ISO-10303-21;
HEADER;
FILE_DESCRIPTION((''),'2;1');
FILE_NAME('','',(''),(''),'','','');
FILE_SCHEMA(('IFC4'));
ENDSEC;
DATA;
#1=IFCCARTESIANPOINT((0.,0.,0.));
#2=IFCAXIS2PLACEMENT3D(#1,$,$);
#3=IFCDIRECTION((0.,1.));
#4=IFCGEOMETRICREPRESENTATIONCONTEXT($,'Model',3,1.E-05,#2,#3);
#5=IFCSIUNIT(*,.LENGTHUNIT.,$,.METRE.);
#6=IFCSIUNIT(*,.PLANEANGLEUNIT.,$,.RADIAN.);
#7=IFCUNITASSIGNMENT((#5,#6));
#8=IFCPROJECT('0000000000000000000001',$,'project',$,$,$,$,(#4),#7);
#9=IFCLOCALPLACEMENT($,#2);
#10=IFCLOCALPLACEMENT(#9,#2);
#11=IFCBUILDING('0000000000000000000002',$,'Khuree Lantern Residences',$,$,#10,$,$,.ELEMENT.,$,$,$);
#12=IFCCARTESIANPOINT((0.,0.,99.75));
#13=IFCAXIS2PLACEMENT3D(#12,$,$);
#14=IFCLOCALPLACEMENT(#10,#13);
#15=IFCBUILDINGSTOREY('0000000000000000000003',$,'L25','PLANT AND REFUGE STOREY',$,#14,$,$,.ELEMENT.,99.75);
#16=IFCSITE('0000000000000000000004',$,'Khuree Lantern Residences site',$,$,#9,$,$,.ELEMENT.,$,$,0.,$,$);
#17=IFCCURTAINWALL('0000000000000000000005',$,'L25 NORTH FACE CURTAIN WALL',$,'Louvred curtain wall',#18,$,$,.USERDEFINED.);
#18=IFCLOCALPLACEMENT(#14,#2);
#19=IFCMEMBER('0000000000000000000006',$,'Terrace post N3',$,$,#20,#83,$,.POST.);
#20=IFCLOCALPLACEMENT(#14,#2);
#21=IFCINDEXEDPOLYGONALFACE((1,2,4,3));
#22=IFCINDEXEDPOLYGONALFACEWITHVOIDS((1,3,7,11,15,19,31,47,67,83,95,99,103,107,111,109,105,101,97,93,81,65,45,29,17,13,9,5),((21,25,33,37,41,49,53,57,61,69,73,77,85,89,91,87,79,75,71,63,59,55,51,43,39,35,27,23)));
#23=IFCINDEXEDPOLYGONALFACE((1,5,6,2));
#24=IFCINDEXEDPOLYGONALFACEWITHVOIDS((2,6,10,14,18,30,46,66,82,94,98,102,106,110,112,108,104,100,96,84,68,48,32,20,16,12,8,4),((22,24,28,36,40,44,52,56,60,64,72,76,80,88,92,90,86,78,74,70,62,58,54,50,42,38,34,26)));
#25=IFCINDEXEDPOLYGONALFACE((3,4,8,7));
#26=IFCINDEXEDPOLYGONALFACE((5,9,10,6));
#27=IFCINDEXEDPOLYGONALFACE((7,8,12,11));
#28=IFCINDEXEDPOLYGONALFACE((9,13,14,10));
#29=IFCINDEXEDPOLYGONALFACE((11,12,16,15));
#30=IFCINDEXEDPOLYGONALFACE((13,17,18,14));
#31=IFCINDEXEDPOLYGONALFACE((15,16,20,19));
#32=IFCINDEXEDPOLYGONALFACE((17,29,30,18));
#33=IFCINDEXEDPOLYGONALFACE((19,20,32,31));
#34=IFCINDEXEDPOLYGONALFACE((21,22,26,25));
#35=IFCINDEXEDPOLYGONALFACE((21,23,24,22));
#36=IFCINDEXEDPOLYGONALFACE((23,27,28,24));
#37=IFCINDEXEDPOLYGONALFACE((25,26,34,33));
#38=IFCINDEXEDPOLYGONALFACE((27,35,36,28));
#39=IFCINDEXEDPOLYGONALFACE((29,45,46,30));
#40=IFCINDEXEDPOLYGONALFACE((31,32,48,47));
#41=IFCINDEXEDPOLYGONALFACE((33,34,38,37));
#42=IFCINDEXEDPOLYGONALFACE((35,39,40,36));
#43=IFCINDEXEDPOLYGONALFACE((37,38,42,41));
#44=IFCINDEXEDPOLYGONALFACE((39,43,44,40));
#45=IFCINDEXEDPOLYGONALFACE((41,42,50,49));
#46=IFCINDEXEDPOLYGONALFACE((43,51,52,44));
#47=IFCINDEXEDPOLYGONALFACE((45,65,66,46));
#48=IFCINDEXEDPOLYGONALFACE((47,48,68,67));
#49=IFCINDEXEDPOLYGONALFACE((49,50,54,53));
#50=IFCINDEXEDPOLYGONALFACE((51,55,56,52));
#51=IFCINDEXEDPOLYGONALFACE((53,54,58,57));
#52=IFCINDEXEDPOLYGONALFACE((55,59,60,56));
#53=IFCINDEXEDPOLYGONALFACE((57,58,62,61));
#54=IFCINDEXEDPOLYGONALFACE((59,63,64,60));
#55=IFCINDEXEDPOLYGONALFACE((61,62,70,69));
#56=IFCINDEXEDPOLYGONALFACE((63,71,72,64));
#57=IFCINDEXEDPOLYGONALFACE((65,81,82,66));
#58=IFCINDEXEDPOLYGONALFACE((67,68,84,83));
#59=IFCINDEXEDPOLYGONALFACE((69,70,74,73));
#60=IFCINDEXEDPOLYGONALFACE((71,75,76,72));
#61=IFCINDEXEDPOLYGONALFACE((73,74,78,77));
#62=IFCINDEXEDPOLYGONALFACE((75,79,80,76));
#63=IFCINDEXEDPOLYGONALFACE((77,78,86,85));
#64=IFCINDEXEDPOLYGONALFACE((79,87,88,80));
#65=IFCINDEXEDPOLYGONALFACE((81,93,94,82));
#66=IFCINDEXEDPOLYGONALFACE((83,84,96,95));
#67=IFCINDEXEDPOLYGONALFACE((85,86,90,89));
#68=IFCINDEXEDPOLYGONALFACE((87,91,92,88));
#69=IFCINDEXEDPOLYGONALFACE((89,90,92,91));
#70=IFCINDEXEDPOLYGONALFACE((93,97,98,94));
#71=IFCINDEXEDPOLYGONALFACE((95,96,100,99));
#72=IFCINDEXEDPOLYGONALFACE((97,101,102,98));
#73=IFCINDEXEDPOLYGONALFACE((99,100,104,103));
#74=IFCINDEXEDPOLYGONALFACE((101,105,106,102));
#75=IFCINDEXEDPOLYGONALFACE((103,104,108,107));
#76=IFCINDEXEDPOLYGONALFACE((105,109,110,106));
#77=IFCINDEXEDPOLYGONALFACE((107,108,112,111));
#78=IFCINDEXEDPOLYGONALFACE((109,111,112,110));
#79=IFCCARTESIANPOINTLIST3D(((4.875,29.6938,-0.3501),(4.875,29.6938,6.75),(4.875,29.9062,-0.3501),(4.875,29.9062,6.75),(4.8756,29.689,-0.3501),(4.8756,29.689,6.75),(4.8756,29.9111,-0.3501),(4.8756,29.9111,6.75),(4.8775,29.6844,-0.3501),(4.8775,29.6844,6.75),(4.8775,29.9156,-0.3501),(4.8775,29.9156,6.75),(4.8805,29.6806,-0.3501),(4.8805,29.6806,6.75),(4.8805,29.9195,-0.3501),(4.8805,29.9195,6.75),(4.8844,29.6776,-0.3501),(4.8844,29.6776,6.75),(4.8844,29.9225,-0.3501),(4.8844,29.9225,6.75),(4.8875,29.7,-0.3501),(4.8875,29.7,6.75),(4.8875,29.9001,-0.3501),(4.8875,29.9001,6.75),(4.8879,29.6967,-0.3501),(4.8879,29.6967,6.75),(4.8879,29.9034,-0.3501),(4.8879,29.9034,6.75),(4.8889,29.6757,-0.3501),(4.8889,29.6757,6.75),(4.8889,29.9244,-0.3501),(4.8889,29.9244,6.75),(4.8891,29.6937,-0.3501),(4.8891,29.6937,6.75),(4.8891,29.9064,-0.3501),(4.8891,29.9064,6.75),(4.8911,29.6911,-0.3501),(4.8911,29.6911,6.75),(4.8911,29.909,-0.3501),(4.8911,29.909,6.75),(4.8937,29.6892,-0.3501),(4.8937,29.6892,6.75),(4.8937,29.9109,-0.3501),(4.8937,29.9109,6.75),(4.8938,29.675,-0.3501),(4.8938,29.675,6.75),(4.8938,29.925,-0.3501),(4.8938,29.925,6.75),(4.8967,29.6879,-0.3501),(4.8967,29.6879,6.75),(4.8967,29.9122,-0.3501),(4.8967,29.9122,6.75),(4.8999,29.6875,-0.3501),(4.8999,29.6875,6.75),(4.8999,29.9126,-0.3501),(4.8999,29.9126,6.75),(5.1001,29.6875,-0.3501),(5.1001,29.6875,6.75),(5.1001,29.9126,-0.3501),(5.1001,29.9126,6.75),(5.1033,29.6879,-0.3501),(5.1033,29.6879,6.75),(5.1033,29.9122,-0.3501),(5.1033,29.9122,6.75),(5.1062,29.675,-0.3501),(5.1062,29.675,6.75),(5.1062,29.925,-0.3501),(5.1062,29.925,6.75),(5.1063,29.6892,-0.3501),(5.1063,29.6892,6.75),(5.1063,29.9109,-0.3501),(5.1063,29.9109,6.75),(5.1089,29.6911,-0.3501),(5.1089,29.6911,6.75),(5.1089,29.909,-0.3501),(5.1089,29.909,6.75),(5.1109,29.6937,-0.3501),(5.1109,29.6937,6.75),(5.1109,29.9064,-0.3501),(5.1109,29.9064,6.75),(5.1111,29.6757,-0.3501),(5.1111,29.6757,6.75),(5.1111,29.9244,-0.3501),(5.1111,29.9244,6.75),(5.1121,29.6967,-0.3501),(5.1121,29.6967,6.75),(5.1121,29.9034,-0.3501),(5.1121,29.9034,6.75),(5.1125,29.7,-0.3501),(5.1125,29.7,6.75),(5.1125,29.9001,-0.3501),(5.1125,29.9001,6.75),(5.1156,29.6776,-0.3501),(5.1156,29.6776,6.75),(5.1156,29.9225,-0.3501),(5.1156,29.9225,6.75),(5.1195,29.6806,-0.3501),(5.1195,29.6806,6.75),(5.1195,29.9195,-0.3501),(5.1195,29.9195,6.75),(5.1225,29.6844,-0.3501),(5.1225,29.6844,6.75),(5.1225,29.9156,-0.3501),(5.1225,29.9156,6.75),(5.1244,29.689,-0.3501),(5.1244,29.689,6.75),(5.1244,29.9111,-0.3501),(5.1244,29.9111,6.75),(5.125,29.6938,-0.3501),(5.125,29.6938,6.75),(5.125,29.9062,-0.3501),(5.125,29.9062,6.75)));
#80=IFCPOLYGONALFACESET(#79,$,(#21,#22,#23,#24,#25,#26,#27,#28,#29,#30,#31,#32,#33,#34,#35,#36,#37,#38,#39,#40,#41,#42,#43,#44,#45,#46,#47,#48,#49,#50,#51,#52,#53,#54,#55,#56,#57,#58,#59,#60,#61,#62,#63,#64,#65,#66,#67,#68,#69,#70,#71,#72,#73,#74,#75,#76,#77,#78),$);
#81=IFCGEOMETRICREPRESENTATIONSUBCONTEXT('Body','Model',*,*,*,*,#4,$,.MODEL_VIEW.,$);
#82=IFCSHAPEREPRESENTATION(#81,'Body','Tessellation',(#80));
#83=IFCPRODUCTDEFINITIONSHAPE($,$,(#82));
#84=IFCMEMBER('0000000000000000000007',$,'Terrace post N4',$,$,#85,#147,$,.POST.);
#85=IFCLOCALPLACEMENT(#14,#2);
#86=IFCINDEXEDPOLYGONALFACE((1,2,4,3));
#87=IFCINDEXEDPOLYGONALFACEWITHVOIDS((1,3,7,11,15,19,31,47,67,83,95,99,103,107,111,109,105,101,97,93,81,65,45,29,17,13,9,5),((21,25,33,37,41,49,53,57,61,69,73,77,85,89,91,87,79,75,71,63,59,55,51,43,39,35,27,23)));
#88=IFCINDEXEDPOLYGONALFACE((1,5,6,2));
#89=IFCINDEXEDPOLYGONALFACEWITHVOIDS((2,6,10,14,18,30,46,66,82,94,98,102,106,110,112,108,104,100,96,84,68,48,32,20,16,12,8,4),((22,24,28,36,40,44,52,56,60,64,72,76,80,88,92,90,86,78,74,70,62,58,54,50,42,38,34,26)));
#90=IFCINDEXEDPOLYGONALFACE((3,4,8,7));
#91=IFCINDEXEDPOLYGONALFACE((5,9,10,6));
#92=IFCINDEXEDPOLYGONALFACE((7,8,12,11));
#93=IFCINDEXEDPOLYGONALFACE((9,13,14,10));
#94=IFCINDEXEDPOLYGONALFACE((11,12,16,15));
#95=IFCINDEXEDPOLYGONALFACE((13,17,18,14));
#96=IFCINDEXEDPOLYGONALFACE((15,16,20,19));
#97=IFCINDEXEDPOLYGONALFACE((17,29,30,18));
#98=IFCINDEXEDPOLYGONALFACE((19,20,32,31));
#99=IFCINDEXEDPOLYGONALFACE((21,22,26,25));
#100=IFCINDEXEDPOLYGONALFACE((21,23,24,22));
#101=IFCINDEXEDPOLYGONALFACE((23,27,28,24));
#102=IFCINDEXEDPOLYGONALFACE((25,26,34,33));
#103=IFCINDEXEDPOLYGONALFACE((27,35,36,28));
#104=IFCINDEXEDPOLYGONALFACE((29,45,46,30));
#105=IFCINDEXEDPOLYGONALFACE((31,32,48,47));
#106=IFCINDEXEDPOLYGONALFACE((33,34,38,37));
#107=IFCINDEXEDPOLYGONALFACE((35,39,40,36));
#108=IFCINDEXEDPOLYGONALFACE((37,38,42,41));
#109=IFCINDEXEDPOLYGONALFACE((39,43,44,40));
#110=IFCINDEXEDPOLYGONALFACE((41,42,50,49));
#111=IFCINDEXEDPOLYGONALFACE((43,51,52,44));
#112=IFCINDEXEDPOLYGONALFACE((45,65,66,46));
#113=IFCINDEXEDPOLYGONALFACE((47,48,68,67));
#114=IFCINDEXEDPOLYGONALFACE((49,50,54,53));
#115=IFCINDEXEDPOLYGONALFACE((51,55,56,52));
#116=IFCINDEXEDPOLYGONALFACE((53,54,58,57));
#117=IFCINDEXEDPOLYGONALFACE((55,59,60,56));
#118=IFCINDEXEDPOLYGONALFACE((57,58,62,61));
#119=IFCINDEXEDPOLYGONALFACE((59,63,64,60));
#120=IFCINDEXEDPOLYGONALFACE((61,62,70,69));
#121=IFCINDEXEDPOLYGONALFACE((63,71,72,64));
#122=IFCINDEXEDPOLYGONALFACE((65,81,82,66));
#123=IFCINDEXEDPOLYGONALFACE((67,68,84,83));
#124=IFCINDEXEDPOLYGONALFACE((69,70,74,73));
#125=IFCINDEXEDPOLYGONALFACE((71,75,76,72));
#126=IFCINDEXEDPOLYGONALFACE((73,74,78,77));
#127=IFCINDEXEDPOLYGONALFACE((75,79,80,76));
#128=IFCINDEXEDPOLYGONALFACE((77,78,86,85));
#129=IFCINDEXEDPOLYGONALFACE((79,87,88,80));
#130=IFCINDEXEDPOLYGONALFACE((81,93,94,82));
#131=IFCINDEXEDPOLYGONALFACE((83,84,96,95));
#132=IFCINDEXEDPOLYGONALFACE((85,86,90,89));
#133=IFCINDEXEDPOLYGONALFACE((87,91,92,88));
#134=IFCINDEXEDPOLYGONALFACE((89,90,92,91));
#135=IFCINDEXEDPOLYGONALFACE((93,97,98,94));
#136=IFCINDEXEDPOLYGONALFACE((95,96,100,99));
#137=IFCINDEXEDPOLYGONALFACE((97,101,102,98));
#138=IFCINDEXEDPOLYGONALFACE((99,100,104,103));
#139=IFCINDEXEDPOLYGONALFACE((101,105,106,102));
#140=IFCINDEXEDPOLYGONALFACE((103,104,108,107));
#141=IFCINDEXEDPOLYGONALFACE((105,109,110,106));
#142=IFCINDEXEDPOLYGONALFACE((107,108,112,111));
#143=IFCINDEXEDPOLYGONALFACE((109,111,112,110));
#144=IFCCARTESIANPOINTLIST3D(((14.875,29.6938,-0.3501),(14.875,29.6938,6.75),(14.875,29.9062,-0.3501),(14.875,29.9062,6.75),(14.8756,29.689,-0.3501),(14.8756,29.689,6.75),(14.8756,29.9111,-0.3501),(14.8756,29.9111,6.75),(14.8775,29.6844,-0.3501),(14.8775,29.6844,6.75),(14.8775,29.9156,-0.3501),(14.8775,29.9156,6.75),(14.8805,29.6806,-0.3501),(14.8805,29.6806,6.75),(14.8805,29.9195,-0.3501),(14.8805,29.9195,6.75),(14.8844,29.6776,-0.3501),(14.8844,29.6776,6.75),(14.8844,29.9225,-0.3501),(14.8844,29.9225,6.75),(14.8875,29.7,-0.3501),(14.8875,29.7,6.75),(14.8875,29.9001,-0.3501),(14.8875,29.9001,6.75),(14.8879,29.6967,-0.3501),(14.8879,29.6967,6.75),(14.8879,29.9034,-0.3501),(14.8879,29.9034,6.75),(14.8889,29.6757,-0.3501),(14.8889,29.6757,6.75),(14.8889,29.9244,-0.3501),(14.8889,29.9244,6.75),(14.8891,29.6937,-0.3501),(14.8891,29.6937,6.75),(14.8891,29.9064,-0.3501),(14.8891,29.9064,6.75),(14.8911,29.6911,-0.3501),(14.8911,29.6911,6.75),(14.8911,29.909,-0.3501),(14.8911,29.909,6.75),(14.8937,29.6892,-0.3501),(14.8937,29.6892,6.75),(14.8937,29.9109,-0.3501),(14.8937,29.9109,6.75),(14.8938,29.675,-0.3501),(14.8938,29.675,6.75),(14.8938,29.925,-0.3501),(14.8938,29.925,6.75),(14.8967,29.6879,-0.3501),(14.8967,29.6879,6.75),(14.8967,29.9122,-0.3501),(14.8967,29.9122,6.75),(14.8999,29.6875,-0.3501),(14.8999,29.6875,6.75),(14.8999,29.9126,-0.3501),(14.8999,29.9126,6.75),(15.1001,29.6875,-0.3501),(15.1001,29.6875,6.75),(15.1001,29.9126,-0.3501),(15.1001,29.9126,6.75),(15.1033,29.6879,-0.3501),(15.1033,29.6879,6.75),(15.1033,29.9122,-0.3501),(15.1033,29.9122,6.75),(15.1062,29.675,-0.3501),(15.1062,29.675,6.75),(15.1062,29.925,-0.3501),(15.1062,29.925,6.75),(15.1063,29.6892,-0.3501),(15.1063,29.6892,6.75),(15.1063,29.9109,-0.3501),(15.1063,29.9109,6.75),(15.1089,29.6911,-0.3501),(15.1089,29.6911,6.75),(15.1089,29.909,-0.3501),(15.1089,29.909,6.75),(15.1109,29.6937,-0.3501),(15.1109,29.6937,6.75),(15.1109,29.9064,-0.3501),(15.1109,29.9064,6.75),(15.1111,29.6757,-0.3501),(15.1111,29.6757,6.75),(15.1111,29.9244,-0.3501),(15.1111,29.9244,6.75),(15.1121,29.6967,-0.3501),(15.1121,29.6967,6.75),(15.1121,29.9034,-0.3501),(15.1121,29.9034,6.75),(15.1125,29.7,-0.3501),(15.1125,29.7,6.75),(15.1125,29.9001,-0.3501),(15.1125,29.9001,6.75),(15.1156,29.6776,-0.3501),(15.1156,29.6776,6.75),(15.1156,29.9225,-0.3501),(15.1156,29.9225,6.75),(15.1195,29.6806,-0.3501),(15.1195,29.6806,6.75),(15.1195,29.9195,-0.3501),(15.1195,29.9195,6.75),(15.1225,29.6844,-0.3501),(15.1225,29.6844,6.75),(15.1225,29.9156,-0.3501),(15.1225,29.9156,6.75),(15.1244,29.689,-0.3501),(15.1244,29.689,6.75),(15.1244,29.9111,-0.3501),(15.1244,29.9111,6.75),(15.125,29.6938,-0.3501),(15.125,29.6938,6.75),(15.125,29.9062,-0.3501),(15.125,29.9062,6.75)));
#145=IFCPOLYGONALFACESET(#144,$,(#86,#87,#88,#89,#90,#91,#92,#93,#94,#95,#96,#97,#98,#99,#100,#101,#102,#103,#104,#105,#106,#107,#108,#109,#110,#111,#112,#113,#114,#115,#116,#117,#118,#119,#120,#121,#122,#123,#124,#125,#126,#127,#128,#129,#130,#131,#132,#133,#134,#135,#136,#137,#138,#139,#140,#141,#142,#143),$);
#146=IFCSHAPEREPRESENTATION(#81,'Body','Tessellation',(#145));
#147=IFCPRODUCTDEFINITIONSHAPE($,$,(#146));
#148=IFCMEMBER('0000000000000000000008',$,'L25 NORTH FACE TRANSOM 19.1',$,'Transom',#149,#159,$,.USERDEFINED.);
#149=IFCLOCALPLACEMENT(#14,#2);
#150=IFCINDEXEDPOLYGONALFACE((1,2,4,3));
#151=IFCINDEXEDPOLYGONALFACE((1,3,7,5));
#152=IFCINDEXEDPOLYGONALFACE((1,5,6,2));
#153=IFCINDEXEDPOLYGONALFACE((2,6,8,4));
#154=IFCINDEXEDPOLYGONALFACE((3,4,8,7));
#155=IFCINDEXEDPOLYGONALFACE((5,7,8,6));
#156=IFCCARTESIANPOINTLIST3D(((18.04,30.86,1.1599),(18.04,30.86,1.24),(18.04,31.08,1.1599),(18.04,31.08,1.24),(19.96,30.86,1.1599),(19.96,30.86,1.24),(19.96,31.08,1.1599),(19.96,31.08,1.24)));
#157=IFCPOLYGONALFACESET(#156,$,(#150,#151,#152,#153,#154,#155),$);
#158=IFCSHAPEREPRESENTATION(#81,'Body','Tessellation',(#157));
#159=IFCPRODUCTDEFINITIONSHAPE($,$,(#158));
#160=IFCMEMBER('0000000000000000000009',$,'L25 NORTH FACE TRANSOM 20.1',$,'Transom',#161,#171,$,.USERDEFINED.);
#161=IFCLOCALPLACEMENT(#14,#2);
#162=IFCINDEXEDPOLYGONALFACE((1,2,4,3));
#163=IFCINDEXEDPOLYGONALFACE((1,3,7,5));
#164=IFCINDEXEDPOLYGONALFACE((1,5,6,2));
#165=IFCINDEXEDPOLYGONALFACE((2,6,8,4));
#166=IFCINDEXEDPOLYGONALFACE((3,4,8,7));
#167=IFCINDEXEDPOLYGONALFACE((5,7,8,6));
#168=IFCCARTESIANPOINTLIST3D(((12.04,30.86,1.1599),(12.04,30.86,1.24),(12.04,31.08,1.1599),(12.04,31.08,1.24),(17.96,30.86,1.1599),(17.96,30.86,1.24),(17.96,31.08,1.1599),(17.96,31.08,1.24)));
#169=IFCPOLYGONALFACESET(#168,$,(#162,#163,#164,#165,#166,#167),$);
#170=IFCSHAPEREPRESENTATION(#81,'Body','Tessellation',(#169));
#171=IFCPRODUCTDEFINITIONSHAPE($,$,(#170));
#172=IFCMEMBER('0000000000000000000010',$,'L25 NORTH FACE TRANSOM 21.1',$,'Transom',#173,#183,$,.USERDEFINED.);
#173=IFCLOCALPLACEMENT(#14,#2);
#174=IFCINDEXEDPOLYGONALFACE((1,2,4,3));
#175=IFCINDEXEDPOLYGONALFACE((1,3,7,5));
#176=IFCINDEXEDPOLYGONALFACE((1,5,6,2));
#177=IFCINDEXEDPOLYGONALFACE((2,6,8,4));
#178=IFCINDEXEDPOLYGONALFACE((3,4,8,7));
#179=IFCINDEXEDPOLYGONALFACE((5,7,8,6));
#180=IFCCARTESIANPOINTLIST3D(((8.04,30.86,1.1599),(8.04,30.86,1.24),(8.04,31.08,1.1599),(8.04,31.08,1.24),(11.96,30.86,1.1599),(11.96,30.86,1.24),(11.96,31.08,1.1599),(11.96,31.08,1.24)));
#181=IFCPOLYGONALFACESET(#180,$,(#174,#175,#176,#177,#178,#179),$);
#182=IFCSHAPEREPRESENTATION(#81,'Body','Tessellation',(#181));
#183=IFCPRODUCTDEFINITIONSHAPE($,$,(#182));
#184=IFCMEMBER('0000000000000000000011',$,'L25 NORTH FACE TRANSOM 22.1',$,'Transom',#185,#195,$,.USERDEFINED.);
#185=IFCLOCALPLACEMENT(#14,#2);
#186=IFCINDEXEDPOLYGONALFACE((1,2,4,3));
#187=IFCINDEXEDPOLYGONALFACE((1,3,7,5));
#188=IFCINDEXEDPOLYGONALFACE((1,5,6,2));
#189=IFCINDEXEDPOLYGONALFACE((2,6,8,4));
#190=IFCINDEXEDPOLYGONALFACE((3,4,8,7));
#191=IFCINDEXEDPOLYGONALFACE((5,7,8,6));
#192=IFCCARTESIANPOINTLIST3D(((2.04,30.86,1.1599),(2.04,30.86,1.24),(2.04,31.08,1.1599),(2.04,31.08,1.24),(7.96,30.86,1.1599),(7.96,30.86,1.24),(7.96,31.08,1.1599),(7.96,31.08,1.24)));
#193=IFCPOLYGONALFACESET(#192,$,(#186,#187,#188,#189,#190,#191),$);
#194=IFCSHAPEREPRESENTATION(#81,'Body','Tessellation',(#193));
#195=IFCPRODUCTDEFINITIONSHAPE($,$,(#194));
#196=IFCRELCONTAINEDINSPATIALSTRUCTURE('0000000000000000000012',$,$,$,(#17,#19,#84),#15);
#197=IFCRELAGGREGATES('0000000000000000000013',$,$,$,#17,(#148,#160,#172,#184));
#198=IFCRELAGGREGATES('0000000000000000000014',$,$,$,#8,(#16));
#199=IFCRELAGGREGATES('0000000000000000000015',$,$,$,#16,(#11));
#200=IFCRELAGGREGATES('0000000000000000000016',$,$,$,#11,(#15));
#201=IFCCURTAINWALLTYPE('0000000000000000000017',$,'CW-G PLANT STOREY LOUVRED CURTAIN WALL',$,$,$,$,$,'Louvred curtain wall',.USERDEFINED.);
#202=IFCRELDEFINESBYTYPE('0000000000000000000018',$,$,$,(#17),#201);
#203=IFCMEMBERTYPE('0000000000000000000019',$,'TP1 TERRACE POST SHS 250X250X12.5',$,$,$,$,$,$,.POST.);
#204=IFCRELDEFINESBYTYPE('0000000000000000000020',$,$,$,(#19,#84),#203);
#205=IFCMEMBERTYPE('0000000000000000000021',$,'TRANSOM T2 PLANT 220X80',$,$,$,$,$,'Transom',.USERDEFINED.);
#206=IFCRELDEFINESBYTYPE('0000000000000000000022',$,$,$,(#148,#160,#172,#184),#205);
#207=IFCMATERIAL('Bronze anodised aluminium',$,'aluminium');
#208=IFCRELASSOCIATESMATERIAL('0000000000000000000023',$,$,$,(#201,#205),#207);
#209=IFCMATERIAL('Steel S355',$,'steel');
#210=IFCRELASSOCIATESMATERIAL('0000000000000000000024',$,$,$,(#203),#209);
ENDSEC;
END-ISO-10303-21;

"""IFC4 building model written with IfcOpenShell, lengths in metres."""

from ifc_helpers import new_model, si_unit, direction, frame, origin, origin_2d, place, context, subcontext, project, spatial, rectangle, hollow_rectangle, extrude, material, material_profile, profile_set, type_object, element, aggregate, save


model = new_model("IFC4")

# Units and contexts
model_context = context("Model", 3, precision=1e-05, world=origin(), true_north=direction((0.0, 1.0)))
body_context = subcontext(model_context, "Body", "Model", "MODEL_VIEW")
ifc_project = project(units=[si_unit("LENGTHUNIT", "METRE"), si_unit("PLANEANGLEUNIT", "RADIAN")], contexts=[model_context])

# Site, building, storey
site_placement = place(None, origin())
site = spatial("IfcSite", under=ifc_project, at=site_placement, Name="Khuree Lantern Residences site", CompositionType="ELEMENT", RefElevation=0.0)
building_placement = place(site_placement, origin())
building = spatial("IfcBuilding", under=site, at=building_placement, Name="Khuree Lantern Residences", CompositionType="ELEMENT")
storey_placement = place(building_placement, frame((0.0, 0.0, 99.75)))
storey = spatial("IfcBuildingStorey", under=building, at=storey_placement, Name="L25", Description="PLANT AND REFUGE STOREY", CompositionType="ELEMENT", Elevation=99.75)

# Shared definitions
ifc_material_1 = material(Name="Steel S355", Category="steel")

# Curtain wall
ifc_material_2 = material(Name="Bronze anodised aluminium", Category="aluminium")
curtain_wall_type = type_object("IfcCurtainWallType", Name="CW-G PLANT STOREY LOUVRED CURTAIN WALL", ElementType="Louvred curtain wall", PredefinedType="USERDEFINED", material=ifc_material_2)
curtain_wall_placement = place(storey_placement, origin())
curtain_wall = element("IfcCurtainWall", 1, at=curtain_wall_placement, inside=storey, type_object=curtain_wall_type, Name="L25 NORTH FACE CURTAIN WALL", ObjectType="Louvred curtain wall", PredefinedType="USERDEFINED")

# Members
ifc_material_profile_1 = material_profile(ifc_material_1, hollow_rectangle(XDim=0.25, YDim=0.25, WallThickness=0.0125, InnerFilletRadius=0.0125, OuterFilletRadius=0.0188, at=origin_2d()), Name="SHS 250X250X12.5")
ifc_profile_set_1 = profile_set([ifc_material_profile_1], Name="Steel S355")
member_type_1 = type_object("IfcMemberType", Name="TP1 TERRACE POST SHS 250X250X12.5", PredefinedType="POST", material=ifc_profile_set_1)
for number, where, z_axis, x_axis, name in (
    (2, (5.0, 29.8, -0.3501), (0.0, 0.0, 1.0), (1.0, 0.0, 0.0), "Terrace post N3"),
    (3, (15.0, 29.8, -0.3501), (0.0, 0.0, 1.0), (1.0, 0.0, 0.0), "Terrace post N4"),
):
    element("IfcMember", number, at=place(storey_placement, frame(where, z_axis=z_axis, x_axis=x_axis)), inside=storey, type_object=member_type_1, Name=name, PredefinedType="POST", context=body_context, shape_type="SweptSolid", body=[
        extrude(hollow_rectangle(XDim=0.25, YDim=0.25, WallThickness=0.0125, InnerFilletRadius=0.0125, OuterFilletRadius=0.0188, at=origin_2d()), origin(), (0.0, 0.0, 1.0), 7.1001),
    ])

# Members
ifc_material_profile_2 = material_profile(ifc_material_2, rectangle(XDim=0.22, YDim=0.0801, at=origin_2d()), Name="T2 220X80")
ifc_profile_set_2 = profile_set([ifc_material_profile_2], Name="Bronze anodised aluminium")
member_type_2 = type_object("IfcMemberType", Name="TRANSOM T2 PLANT 220X80", ElementType="Transom", PredefinedType="USERDEFINED", material=ifc_profile_set_2)
member_1_placement = place(storey_placement, frame((19.96, 30.97, 1.2), z_axis=(-1.0, 0.0, 0.0), x_axis=(0.0, -1.0, 0.0)))
member_1 = element("IfcMember", 4, at=member_1_placement, type_object=member_type_2, Name="L25 NORTH FACE TRANSOM 19.1", ObjectType="Transom", PredefinedType="USERDEFINED", context=body_context, shape_type="SweptSolid", body=[
    extrude(rectangle(XDim=0.22, YDim=0.0801, at=origin_2d()), origin(), (0.0, 0.0, 1.0), 1.9199),
])
member_2_placement = place(storey_placement, frame((17.96, 30.97, 1.2), z_axis=(-1.0, 0.0, 0.0), x_axis=(0.0, -1.0, 0.0)))
member_2 = element("IfcMember", 5, at=member_2_placement, type_object=member_type_2, Name="L25 NORTH FACE TRANSOM 20.1", ObjectType="Transom", PredefinedType="USERDEFINED", context=body_context, shape_type="SweptSolid", body=[
    extrude(rectangle(XDim=0.22, YDim=0.0801, at=origin_2d()), origin(), (0.0, 0.0, 1.0), 5.9199),
])
member_3_placement = place(storey_placement, frame((11.96, 30.97, 1.2), z_axis=(-1.0, 0.0, 0.0), x_axis=(0.0, -1.0, 0.0)))
member_3 = element("IfcMember", 6, at=member_3_placement, type_object=member_type_2, Name="L25 NORTH FACE TRANSOM 21.1", ObjectType="Transom", PredefinedType="USERDEFINED", context=body_context, shape_type="SweptSolid", body=[
    extrude(rectangle(XDim=0.22, YDim=0.0801, at=origin_2d()), origin(), (0.0, 0.0, 1.0), 3.9199),
])
member_4_placement = place(storey_placement, frame((7.96, 30.97, 1.2), z_axis=(-1.0, 0.0, 0.0), x_axis=(0.0, -1.0, 0.0)))
member_4 = element("IfcMember", 7, at=member_4_placement, type_object=member_type_2, Name="L25 NORTH FACE TRANSOM 22.1", ObjectType="Transom", PredefinedType="USERDEFINED", context=body_context, shape_type="SweptSolid", body=[
    extrude(rectangle(XDim=0.22, YDim=0.0801, at=origin_2d()), origin(), (0.0, 0.0, 1.0), 5.9199),
])

aggregate(curtain_wall, [member_1, member_2, member_3, member_4])

save(model, "model.ifc")
